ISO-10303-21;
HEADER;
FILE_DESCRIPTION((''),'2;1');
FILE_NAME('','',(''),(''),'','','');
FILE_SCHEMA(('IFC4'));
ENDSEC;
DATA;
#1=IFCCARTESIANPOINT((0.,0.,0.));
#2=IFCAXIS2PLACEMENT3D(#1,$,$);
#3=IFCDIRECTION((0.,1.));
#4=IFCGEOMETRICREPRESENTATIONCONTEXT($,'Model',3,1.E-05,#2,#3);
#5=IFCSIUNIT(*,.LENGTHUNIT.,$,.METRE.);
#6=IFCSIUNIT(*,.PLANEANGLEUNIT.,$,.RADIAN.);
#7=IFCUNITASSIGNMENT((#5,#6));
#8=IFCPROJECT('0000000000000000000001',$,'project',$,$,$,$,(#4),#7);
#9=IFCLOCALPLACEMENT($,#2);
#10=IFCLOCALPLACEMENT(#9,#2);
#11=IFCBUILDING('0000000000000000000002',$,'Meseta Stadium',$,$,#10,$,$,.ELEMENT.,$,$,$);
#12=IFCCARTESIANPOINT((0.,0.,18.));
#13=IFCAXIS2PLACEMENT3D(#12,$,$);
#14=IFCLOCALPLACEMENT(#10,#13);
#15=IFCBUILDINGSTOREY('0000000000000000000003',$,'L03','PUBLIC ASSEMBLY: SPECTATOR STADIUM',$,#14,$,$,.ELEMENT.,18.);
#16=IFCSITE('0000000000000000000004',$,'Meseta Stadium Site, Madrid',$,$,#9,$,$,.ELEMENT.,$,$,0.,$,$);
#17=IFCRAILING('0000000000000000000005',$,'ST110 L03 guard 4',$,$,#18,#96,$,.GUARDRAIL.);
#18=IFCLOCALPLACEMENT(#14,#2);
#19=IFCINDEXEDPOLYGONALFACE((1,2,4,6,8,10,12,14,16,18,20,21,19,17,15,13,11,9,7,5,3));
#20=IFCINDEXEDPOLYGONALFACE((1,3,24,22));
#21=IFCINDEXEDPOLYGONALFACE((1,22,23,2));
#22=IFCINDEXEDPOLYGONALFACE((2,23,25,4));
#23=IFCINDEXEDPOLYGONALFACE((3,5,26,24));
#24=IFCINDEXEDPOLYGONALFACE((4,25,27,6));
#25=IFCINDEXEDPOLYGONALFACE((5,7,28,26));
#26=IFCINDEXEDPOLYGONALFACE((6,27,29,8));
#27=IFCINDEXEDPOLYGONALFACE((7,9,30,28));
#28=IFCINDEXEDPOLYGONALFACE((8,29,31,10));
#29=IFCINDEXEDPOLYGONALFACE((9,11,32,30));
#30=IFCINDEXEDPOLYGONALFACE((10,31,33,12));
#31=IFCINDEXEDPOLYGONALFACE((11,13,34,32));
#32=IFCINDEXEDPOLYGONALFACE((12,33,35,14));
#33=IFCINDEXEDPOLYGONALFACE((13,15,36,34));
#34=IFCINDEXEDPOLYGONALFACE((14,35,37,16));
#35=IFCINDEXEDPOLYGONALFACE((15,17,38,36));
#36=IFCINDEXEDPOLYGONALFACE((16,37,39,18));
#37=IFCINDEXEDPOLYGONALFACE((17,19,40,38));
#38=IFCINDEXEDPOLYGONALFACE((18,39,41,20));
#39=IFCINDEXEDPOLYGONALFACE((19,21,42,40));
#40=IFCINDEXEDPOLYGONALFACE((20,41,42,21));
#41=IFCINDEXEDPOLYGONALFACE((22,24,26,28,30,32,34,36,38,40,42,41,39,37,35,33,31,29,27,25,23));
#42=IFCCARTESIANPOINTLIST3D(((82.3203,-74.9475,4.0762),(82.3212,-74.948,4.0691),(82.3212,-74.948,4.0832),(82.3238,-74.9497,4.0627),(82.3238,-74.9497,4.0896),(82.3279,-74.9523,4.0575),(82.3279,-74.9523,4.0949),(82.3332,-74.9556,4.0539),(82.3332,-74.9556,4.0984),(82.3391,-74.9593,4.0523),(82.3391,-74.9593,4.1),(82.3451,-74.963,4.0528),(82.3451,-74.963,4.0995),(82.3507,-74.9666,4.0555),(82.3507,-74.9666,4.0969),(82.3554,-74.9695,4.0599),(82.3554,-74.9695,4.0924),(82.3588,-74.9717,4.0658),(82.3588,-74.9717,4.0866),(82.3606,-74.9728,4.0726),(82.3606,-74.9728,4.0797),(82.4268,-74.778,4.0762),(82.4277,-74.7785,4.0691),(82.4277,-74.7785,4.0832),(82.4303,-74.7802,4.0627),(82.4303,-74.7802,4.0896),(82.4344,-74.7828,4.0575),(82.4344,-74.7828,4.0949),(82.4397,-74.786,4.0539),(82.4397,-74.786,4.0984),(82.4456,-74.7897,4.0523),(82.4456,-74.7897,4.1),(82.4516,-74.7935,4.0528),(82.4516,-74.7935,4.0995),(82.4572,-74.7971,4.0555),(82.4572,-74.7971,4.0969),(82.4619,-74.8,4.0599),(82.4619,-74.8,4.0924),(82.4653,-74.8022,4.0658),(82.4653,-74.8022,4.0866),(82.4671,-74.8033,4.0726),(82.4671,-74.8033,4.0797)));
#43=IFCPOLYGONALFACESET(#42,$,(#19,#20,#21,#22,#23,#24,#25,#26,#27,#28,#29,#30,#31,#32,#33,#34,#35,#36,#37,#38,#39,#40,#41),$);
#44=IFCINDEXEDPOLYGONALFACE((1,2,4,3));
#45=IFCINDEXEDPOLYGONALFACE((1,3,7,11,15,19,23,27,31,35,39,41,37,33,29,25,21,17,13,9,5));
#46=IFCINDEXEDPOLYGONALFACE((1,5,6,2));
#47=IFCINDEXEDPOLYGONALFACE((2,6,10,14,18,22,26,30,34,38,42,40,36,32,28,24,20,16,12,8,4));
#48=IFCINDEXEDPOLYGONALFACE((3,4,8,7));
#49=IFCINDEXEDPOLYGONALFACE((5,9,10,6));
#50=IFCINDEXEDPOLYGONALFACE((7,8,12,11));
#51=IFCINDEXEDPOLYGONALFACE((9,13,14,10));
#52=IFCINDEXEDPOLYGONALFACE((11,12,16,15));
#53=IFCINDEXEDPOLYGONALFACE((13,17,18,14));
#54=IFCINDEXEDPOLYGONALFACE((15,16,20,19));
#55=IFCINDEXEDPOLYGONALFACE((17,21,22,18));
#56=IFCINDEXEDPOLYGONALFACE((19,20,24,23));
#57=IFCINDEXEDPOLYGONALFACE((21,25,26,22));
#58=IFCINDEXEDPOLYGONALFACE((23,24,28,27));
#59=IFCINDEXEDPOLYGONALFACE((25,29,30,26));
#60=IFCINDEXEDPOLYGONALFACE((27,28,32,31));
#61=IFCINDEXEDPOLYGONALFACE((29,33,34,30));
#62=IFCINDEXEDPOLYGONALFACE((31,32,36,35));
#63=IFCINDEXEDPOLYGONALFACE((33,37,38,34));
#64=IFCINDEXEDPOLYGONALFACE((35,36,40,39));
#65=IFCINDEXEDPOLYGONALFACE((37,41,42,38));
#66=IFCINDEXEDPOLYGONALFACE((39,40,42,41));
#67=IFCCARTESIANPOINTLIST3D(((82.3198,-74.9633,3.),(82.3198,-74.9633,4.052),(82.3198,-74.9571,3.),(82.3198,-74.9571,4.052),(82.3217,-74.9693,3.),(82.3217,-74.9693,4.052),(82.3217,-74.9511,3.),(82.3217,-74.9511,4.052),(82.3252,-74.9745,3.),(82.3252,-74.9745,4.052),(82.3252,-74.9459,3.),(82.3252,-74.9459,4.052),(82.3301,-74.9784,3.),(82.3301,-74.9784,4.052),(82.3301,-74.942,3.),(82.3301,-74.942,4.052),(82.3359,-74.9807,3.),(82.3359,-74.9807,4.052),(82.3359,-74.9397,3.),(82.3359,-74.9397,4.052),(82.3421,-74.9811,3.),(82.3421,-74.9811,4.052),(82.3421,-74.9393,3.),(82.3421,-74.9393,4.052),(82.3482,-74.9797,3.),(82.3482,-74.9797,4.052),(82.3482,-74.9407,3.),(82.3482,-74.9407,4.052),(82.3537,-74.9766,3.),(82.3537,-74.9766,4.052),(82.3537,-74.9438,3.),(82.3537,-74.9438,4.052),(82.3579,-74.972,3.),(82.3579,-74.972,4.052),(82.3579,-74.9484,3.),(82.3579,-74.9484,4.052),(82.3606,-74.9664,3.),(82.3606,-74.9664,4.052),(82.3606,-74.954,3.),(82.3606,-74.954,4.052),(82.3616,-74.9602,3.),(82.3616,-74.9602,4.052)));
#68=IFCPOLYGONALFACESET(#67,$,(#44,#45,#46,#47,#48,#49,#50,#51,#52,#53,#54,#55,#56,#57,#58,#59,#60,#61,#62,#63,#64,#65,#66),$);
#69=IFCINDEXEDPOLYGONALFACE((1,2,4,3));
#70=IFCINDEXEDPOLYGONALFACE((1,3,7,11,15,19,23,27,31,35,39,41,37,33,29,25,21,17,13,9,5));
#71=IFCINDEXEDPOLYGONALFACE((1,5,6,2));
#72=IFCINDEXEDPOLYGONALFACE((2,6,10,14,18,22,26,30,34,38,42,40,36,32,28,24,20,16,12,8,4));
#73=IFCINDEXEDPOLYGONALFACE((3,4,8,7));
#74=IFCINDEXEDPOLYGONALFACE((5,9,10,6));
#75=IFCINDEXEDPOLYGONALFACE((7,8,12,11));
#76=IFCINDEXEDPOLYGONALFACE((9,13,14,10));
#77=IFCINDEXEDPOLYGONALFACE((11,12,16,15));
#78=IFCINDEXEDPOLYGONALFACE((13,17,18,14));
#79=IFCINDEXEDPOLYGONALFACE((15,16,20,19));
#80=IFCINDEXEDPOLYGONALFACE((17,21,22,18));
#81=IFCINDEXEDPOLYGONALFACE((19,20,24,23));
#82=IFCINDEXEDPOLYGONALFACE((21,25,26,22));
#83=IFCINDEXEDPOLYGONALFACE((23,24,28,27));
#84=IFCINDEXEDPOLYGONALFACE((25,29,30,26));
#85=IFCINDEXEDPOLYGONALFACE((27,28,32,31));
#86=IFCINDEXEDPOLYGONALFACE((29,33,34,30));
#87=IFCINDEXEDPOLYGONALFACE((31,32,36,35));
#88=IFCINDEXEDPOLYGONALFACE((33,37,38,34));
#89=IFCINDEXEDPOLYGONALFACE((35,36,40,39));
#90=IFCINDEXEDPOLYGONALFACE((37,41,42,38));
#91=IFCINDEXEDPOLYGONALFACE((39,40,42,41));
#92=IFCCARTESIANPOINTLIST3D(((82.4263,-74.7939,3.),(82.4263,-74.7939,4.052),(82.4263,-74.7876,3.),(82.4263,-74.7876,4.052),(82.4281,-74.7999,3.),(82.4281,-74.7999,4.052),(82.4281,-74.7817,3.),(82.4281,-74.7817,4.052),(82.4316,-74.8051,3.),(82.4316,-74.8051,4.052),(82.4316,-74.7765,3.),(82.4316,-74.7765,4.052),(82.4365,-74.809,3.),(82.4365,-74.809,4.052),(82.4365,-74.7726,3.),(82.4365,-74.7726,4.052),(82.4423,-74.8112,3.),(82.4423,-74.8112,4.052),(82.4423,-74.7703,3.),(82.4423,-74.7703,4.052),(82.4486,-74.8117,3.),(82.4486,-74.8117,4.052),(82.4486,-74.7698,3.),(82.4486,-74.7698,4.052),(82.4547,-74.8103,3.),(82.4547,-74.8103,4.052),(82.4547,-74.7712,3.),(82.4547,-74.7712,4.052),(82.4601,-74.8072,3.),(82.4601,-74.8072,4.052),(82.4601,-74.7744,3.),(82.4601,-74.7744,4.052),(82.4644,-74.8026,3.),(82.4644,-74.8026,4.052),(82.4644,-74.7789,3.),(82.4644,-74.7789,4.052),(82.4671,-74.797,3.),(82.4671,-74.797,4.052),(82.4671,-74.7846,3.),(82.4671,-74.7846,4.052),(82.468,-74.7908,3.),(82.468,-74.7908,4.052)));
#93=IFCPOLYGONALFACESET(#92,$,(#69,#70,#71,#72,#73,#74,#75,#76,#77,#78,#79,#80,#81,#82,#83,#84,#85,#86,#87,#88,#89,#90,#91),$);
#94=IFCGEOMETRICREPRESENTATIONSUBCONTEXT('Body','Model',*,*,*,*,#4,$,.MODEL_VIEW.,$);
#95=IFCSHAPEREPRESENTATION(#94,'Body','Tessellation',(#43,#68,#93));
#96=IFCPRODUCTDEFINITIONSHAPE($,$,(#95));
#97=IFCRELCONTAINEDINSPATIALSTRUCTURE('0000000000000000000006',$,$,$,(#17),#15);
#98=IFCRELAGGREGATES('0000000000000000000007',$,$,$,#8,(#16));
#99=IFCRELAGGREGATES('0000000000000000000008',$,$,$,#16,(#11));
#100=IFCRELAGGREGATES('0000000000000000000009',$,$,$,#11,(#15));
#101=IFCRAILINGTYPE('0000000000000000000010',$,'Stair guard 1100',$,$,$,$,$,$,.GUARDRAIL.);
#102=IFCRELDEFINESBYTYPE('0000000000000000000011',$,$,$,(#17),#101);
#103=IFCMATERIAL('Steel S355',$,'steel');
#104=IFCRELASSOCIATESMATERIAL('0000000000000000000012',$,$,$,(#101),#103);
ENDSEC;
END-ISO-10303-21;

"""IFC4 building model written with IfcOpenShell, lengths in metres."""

from ifc_helpers import new_model, si_unit, direction, frame, origin, origin_2d, place, context, subcontext, project, spatial, circle, extrude, material, type_object, element, save


model = new_model("IFC4")

# Units and contexts
model_context = context("Model", 3, precision=1e-05, world=origin(), true_north=direction((0.0, 1.0)))
body_context = subcontext(model_context, "Body", "Model", "MODEL_VIEW")
ifc_project = project(units=[si_unit("LENGTHUNIT", "METRE"), si_unit("PLANEANGLEUNIT", "RADIAN")], contexts=[model_context])

# Site, building, storey
site_placement = place(None, origin())
site = spatial("IfcSite", under=ifc_project, at=site_placement, Name="Meseta Stadium Site, Madrid", CompositionType="ELEMENT", RefElevation=0.0)
building_placement = place(site_placement, origin())
building = spatial("IfcBuilding", under=site, at=building_placement, Name="Meseta Stadium", CompositionType="ELEMENT")
storey_placement = place(building_placement, frame((0.0, 0.0, 18.0)))
storey = spatial("IfcBuildingStorey", under=building, at=storey_placement, Name="L03", Description="PUBLIC ASSEMBLY: SPECTATOR STADIUM", CompositionType="ELEMENT", Elevation=18.0)

# Railing
ifc_material_1 = material(Name="Steel S355", Category="steel")
railing_type_1 = type_object("IfcRailingType", Name="Stair guard 1100", PredefinedType="GUARDRAIL", material=ifc_material_1)
railing_1_placement = place(storey_placement, frame((82.3406, -74.9602, 3.0)))
element("IfcRailing", 1, at=railing_1_placement, inside=storey, type_object=railing_type_1, Name="ST110 L03 guard 4", PredefinedType="GUARDRAIL", context=body_context, shape_type="SweptSolid", body=[
    extrude(circle(Radius=0.0239, at=origin_2d()), frame((0.0, 0.0, 1.0762), z_axis=(0.531972, 0.846762, 0.0), x_axis=(-0.846762, 0.531972, 0.0)), (0.0, 0.0, 1.0), 0.2002),
    extrude(circle(Radius=0.021, at=origin_2d()), origin(), (0.0, 0.0, 1.0), 1.052),
    extrude(circle(Radius=0.021, at=origin_2d()), frame((0.1064, 0.1694, 0.0)), (0.0, 0.0, 1.0), 1.052),
])

save(model, "model.ifc")
